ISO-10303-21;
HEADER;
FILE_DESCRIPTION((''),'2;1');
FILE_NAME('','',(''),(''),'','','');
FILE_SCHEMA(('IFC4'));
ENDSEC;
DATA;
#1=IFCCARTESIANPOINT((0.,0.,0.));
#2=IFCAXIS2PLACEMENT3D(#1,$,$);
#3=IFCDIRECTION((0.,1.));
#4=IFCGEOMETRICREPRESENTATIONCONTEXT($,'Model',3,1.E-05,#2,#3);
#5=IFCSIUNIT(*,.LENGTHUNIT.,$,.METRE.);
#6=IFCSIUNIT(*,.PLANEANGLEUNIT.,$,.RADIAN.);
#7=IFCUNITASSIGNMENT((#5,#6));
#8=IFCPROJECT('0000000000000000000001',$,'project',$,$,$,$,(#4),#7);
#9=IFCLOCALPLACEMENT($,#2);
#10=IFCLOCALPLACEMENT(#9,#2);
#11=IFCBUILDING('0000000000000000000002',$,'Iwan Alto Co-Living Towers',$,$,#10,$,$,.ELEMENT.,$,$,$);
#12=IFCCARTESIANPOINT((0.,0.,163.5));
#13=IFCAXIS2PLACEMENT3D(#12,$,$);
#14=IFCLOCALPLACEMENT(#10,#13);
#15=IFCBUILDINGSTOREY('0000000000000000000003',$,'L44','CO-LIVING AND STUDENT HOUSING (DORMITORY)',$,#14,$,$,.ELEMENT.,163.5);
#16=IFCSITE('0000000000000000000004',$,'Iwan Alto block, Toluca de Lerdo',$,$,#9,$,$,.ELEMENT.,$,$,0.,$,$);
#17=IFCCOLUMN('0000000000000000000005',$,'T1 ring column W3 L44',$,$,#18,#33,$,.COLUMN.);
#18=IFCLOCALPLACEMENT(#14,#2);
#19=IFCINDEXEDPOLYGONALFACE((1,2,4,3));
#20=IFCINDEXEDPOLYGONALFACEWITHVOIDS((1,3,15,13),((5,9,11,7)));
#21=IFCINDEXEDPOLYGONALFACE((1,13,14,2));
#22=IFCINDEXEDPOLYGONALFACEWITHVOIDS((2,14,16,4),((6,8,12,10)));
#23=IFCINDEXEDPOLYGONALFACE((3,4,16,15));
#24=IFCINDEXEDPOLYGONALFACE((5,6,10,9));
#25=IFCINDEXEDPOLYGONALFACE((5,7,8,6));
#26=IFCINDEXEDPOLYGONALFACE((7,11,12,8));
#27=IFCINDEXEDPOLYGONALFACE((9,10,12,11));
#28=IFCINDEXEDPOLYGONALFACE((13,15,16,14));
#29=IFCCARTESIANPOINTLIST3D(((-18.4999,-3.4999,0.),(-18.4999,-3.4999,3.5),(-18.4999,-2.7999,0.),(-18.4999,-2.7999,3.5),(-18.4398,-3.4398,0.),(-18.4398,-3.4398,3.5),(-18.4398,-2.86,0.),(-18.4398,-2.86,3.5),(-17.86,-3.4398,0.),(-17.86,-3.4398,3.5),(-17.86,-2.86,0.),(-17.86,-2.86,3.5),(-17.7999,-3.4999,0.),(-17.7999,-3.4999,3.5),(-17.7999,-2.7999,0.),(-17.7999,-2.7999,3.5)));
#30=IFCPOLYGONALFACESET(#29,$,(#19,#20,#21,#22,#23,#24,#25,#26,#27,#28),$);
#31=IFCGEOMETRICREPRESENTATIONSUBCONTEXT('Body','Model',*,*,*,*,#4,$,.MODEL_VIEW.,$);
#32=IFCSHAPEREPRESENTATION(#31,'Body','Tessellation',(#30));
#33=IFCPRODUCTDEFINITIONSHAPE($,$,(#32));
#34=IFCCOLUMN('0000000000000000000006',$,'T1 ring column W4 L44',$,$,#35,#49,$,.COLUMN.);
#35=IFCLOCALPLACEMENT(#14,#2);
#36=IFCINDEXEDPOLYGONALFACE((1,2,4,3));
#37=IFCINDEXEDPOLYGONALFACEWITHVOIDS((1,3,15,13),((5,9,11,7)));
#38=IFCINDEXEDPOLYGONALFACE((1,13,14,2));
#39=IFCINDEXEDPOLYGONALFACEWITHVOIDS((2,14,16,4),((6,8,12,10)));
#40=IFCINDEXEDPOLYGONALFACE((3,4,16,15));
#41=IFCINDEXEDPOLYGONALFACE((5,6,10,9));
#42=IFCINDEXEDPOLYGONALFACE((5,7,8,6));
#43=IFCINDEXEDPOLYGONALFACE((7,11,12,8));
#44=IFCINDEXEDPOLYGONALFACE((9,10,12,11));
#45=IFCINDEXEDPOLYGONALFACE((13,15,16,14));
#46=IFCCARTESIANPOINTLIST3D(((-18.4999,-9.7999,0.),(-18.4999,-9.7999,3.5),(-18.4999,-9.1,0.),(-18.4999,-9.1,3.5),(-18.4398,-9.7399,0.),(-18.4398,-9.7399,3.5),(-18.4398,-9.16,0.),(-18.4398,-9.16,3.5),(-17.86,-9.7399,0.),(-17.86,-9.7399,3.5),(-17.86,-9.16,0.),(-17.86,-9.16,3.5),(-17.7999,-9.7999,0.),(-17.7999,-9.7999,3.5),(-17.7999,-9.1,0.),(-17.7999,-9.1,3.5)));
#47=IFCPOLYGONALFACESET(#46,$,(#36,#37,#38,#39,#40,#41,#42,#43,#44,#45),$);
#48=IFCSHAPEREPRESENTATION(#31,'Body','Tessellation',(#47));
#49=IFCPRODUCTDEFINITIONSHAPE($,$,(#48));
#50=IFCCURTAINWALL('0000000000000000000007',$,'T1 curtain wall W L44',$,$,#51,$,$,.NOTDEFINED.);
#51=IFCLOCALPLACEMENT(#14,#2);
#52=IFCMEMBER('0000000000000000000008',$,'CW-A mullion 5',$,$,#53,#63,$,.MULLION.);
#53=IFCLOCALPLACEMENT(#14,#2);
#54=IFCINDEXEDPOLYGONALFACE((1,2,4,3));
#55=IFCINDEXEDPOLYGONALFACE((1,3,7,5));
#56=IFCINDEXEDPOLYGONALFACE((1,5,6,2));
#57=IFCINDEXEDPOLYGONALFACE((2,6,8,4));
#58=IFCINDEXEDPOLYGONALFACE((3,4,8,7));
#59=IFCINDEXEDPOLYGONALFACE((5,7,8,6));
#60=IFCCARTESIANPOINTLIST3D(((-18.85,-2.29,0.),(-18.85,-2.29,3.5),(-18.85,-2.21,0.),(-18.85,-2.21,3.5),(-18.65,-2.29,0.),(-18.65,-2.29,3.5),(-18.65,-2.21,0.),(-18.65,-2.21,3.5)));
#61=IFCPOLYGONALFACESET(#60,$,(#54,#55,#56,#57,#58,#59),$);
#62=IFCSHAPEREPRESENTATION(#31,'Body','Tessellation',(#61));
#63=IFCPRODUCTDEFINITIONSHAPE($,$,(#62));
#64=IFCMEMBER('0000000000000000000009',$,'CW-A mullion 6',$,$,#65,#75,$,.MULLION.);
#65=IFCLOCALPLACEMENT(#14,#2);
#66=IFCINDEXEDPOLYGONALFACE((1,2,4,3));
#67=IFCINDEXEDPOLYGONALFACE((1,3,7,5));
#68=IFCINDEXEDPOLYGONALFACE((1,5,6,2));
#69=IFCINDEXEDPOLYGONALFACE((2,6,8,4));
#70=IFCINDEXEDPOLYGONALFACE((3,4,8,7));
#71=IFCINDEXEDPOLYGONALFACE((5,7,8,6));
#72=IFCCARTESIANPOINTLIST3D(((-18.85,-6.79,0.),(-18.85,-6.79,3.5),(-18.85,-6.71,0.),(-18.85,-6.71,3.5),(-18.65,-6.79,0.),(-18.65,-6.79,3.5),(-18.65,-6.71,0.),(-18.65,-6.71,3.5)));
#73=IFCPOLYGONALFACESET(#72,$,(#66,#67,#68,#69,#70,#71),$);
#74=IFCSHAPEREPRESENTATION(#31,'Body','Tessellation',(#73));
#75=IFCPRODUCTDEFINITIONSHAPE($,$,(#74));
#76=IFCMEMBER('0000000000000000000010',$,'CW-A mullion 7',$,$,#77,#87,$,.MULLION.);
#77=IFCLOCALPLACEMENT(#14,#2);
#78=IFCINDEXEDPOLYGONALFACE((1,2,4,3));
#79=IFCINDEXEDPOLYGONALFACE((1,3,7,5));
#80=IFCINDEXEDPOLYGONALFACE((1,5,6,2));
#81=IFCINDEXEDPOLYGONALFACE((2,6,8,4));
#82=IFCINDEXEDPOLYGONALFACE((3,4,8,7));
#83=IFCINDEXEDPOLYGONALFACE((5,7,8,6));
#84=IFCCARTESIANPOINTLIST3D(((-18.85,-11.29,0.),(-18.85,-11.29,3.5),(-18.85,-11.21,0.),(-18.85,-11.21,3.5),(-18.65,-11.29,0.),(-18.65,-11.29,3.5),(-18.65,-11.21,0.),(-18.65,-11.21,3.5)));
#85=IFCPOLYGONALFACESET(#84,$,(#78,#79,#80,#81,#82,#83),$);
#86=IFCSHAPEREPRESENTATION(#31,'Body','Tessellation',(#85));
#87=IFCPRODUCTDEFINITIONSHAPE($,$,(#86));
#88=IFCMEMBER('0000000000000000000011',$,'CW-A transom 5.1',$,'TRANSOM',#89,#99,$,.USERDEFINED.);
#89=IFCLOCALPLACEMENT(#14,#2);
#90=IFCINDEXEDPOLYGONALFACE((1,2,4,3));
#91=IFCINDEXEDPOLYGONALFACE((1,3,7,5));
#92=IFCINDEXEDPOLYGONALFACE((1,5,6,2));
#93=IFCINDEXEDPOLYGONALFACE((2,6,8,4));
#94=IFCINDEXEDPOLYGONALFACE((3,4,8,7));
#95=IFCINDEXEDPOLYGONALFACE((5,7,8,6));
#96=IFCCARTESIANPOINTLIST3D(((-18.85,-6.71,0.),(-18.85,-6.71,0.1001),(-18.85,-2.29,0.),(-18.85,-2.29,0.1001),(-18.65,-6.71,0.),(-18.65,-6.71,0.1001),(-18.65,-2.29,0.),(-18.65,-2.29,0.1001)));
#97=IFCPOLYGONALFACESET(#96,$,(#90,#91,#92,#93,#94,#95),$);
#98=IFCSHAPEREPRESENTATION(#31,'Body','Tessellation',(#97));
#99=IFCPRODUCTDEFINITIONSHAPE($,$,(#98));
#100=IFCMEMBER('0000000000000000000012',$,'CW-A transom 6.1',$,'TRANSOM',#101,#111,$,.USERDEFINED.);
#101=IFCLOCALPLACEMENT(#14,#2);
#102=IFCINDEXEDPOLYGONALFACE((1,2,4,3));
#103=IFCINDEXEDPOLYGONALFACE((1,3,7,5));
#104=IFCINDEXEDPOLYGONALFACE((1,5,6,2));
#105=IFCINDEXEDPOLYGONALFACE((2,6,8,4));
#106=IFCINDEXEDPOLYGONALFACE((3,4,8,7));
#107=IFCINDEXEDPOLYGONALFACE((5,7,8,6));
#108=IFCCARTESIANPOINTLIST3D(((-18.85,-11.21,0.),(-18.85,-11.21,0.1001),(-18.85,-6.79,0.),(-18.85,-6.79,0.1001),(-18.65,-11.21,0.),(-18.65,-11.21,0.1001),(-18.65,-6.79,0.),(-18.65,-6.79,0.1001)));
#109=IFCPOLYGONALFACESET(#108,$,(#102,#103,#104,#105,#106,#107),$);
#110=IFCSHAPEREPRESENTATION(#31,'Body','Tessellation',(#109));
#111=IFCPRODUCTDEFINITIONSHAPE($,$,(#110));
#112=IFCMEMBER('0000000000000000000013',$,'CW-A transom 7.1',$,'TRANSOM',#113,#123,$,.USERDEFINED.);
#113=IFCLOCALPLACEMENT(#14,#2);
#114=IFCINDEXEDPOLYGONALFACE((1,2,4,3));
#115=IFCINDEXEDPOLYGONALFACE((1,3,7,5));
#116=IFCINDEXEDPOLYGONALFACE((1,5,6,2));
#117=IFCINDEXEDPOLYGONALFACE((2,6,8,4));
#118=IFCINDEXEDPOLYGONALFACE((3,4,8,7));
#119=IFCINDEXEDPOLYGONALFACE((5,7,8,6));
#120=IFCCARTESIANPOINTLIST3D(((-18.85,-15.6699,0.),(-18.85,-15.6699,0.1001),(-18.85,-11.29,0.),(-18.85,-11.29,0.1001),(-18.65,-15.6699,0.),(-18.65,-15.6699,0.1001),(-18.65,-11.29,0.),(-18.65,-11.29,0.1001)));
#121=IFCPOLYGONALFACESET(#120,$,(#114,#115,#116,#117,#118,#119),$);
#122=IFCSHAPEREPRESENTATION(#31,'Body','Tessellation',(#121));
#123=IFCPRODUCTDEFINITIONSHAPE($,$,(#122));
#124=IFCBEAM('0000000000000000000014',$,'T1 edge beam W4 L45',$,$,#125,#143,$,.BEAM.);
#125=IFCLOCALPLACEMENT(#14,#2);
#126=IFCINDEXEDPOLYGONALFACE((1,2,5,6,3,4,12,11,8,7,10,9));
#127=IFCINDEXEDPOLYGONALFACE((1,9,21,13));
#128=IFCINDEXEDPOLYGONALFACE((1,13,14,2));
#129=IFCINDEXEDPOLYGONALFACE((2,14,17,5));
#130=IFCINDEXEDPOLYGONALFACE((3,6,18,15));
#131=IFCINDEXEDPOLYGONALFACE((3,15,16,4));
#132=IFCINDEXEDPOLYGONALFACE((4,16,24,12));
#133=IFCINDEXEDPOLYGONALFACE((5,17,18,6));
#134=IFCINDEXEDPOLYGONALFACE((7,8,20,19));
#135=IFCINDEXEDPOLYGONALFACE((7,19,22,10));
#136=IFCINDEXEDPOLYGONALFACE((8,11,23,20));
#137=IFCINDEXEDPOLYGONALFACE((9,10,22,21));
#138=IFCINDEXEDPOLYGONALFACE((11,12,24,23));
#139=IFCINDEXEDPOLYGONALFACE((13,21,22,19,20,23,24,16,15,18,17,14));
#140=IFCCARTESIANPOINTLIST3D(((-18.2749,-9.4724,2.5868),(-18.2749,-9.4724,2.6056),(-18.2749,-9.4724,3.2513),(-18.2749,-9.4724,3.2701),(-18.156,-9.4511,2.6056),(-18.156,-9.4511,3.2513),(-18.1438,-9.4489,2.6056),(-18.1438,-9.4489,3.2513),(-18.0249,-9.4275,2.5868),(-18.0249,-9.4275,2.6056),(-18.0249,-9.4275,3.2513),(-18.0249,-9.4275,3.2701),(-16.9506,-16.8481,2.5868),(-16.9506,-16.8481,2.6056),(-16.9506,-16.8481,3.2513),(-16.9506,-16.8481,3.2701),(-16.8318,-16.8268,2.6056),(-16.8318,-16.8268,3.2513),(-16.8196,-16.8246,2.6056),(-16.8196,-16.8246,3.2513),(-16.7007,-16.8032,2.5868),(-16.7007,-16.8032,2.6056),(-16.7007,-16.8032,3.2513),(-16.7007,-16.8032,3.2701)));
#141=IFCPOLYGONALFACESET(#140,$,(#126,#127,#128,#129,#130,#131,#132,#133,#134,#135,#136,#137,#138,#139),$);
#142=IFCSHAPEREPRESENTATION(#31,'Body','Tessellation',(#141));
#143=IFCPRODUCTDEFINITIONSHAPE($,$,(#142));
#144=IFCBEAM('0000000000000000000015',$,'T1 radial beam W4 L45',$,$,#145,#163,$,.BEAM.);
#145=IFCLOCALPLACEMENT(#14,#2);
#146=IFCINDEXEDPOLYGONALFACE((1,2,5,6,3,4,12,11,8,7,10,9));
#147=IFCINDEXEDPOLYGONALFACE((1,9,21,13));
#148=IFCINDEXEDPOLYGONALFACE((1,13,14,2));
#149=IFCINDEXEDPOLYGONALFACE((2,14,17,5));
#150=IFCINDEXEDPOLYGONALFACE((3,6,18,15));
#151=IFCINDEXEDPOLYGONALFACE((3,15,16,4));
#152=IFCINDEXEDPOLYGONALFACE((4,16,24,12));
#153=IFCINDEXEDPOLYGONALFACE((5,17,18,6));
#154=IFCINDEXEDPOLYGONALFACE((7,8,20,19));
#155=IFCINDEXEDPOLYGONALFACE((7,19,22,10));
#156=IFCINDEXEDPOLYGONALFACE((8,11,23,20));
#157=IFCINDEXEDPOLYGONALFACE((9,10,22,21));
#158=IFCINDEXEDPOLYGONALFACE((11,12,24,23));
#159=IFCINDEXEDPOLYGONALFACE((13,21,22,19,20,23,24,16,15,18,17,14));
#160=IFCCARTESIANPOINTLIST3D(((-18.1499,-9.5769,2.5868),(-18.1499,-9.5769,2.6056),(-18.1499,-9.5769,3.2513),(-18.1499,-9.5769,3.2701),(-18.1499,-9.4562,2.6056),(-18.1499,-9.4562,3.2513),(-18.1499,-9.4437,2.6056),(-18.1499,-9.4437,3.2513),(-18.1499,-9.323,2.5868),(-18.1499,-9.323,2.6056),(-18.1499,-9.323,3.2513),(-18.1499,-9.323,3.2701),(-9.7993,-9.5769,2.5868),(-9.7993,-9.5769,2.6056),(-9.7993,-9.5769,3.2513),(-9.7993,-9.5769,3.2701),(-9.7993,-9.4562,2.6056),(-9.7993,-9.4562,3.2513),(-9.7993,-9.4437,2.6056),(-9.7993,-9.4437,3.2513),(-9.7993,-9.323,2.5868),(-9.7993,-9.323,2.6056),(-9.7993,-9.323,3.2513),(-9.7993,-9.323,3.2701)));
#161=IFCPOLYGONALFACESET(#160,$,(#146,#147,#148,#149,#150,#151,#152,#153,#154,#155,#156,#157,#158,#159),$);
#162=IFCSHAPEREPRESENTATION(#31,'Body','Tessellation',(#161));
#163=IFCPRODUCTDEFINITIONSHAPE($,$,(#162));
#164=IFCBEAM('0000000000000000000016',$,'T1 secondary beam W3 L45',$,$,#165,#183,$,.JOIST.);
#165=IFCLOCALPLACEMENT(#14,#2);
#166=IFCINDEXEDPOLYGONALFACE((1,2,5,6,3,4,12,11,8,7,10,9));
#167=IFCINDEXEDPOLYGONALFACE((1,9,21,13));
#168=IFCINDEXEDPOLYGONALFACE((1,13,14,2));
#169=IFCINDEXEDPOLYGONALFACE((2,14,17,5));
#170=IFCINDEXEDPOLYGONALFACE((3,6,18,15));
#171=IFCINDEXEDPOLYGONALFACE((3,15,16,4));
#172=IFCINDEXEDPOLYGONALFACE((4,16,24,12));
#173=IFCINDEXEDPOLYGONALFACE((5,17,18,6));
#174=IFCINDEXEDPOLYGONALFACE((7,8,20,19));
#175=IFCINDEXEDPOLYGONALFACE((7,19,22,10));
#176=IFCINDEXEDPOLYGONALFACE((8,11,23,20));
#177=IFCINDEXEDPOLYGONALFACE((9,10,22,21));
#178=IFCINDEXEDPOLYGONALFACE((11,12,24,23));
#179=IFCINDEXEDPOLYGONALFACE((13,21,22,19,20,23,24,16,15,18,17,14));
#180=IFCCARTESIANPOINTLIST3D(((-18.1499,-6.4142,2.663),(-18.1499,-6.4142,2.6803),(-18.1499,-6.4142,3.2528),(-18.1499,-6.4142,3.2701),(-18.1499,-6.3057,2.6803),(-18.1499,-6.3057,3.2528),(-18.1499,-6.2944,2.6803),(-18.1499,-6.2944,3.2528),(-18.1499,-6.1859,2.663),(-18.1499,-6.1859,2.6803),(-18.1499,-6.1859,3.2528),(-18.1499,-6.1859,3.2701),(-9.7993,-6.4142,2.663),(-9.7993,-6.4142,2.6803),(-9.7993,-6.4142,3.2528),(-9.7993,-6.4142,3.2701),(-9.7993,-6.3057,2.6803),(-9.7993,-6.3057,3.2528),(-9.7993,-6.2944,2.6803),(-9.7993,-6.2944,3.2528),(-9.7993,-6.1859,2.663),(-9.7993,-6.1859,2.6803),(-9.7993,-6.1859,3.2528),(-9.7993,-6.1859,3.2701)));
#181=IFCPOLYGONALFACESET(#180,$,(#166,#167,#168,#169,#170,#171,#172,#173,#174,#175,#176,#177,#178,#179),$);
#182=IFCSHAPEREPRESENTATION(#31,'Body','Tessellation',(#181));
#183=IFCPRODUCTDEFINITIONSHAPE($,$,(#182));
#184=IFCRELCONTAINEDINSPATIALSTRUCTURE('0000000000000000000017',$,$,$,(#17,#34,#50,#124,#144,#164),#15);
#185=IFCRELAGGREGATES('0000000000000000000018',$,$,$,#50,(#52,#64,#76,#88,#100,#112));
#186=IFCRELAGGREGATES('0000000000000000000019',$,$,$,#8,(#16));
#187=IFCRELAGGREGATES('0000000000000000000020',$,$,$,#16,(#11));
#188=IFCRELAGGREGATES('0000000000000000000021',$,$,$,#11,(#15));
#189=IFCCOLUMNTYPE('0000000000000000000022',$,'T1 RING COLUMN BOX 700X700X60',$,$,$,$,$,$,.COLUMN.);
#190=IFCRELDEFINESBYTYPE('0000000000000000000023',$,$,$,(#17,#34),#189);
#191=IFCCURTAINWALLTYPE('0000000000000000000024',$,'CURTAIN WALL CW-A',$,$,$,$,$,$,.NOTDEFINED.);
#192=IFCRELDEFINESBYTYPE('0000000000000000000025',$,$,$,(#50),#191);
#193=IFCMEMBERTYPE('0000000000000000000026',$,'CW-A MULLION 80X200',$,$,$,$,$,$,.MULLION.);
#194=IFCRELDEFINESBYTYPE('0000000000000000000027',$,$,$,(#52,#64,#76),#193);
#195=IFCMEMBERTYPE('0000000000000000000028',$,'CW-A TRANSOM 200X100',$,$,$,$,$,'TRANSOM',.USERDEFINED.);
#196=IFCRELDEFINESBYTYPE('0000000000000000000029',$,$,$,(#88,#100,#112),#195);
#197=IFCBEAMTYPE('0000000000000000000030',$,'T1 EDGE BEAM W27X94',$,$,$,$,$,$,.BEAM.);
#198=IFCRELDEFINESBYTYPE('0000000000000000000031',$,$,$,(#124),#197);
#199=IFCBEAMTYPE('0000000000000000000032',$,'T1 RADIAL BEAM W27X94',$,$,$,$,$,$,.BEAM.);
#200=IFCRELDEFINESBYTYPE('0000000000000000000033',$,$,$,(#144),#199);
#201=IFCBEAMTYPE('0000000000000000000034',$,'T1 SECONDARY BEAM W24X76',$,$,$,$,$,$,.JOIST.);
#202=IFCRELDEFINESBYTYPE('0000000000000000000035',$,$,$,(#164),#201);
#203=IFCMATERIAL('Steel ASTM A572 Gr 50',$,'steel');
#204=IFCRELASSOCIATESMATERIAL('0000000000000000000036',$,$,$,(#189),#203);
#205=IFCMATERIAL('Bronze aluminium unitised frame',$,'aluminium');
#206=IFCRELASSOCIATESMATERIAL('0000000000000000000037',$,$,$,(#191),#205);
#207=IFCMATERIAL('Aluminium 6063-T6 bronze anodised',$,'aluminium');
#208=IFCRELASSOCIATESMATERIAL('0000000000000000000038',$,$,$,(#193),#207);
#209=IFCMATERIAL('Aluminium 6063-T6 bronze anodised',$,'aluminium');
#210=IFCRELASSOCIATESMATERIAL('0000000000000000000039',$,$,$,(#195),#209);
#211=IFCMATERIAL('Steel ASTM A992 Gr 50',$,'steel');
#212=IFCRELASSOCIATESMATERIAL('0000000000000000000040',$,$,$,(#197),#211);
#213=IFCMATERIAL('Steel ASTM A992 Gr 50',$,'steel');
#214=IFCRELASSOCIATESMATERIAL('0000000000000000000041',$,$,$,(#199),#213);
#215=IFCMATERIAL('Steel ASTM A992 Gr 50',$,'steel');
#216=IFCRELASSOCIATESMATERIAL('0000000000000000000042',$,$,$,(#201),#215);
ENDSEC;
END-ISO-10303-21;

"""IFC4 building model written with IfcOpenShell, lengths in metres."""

from ifc_helpers import new_model, si_unit, direction, frame, origin, origin_2d, place, context, subcontext, project, spatial, rectangle, hollow_rectangle, i_section, extrude, material, material_profile, profile_set, type_object, element, aggregate, save


model = new_model("IFC4")

# Units and contexts
model_context = context("Model", 3, precision=1e-05, world=origin(), true_north=direction((0.0, 1.0)))
body_context = subcontext(model_context, "Body", "Model", "MODEL_VIEW")
ifc_project = project(units=[si_unit("LENGTHUNIT", "METRE"), si_unit("PLANEANGLEUNIT", "RADIAN")], contexts=[model_context])

# Site, building, storey
site_placement = place(None, origin())
site = spatial("IfcSite", under=ifc_project, at=site_placement, Name="Iwan Alto block, Toluca de Lerdo", CompositionType="ELEMENT", RefElevation=0.0)
building_placement = place(site_placement, origin())
building = spatial("IfcBuilding", under=site, at=building_placement, Name="Iwan Alto Co-Living Towers", CompositionType="ELEMENT")
storey_placement = place(building_placement, frame((0.0, 0.0, 163.5)))
storey = spatial("IfcBuildingStorey", under=building, at=storey_placement, Name="L44", Description="CO-LIVING AND STUDENT HOUSING (DORMITORY)", CompositionType="ELEMENT", Elevation=163.5)

# Columns
ifc_material_1 = material(Name="Steel ASTM A572 Gr 50", Category="steel")
ifc_material_profile_1 = material_profile(ifc_material_1, hollow_rectangle(XDim=0.7, YDim=0.7, WallThickness=0.0601, at=origin_2d()), Name="BOX 700X700X60")
ifc_profile_set_1 = profile_set([ifc_material_profile_1], Name="Steel ASTM A572 Gr 50")
column_type = type_object("IfcColumnType", Name="T1 RING COLUMN BOX 700X700X60", PredefinedType="COLUMN", material=ifc_profile_set_1)
for number, where, z_axis, x_axis, name in (
    (1, (-18.1499, -3.1499, 0.0), (0.0, 0.0, 1.0), (1.0, 0.0, 0.0), "T1 ring column W3 L44"),
    (2, (-18.1499, -9.45, 0.0), (0.0, 0.0, 1.0), (1.0, 0.0, 0.0), "T1 ring column W4 L44"),
):
    element("IfcColumn", number, at=place(storey_placement, frame(where, z_axis=z_axis, x_axis=x_axis)), inside=storey, type_object=column_type, Name=name, PredefinedType="COLUMN", context=body_context, shape_type="SweptSolid", body=[
        extrude(hollow_rectangle(XDim=0.7, YDim=0.7, WallThickness=0.0601, at=origin_2d()), origin(), (0.0, 0.0, 1.0), 3.5),
    ])

# Curtain wall, members
ifc_material_2 = material(Name="Bronze aluminium unitised frame", Category="aluminium")
curtain_wall_type = type_object("IfcCurtainWallType", Name="CURTAIN WALL CW-A", PredefinedType="NOTDEFINED", material=ifc_material_2)
curtain_wall_placement = place(storey_placement, origin())
curtain_wall = element("IfcCurtainWall", 3, at=curtain_wall_placement, inside=storey, type_object=curtain_wall_type, Name="T1 curtain wall W L44", PredefinedType="NOTDEFINED")
ifc_material_3 = material(Name="Aluminium 6063-T6 bronze anodised", Category="aluminium")
ifc_material_profile_2 = material_profile(ifc_material_3, rectangle(XDim=0.2, YDim=0.0801, at=origin_2d()), Name="AL 80X200")
ifc_profile_set_2 = profile_set([ifc_material_profile_2], Name="Aluminium 6063-T6 bronze anodised")
member_type_1 = type_object("IfcMemberType", Name="CW-A MULLION 80X200", PredefinedType="MULLION", material=ifc_profile_set_2)
member_1_placement = place(storey_placement, frame((-18.75, -2.25, 0.0), z_axis=(0.0, 0.0, 1.0), x_axis=(1.0, 0.0, 0.0)))
member_1 = element("IfcMember", 4, at=member_1_placement, type_object=member_type_1, Name="CW-A mullion 5", PredefinedType="MULLION", context=body_context, shape_type="SweptSolid", body=[
    extrude(rectangle(XDim=0.2, YDim=0.0801, at=origin_2d()), origin(), (0.0, 0.0, 1.0), 3.5),
])
member_2_placement = place(storey_placement, frame((-18.75, -6.75, 0.0), z_axis=(0.0, 0.0, 1.0), x_axis=(1.0, 0.0, 0.0)))
member_2 = element("IfcMember", 5, at=member_2_placement, type_object=member_type_1, Name="CW-A mullion 6", PredefinedType="MULLION", context=body_context, shape_type="SweptSolid", body=[
    extrude(rectangle(XDim=0.2, YDim=0.0801, at=origin_2d()), origin(), (0.0, 0.0, 1.0), 3.5),
])
member_3_placement = place(storey_placement, frame((-18.75, -11.25, 0.0), z_axis=(0.0, 0.0, 1.0), x_axis=(1.0, 0.0, 0.0)))
member_3 = element("IfcMember", 6, at=member_3_placement, type_object=member_type_1, Name="CW-A mullion 7", PredefinedType="MULLION", context=body_context, shape_type="SweptSolid", body=[
    extrude(rectangle(XDim=0.2, YDim=0.0801, at=origin_2d()), origin(), (0.0, 0.0, 1.0), 3.5),
])
ifc_material_4 = material(Name="Aluminium 6063-T6 bronze anodised", Category="aluminium")
ifc_material_profile_3 = material_profile(ifc_material_4, rectangle(XDim=0.2, YDim=0.1001, at=origin_2d()), Name="AL 200X100")
ifc_profile_set_3 = profile_set([ifc_material_profile_3], Name="Aluminium 6063-T6 bronze anodised")
member_type_2 = type_object("IfcMemberType", Name="CW-A TRANSOM 200X100", ElementType="TRANSOM", PredefinedType="USERDEFINED", material=ifc_profile_set_3)
member_4_placement = place(storey_placement, frame((-18.75, -2.29, 0.05), z_axis=(0.0, -1.0, 0.0), x_axis=(1.0, 0.0, 0.0)))
member_4 = element("IfcMember", 7, at=member_4_placement, type_object=member_type_2, Name="CW-A transom 5.1", ObjectType="TRANSOM", PredefinedType="USERDEFINED", context=body_context, shape_type="SweptSolid", body=[
    extrude(rectangle(XDim=0.2, YDim=0.1001, at=origin_2d()), origin(), (0.0, 0.0, 1.0), 4.4199),
])
member_5_placement = place(storey_placement, frame((-18.75, -6.79, 0.05), z_axis=(0.0, -1.0, 0.0), x_axis=(1.0, 0.0, 0.0)))
member_5 = element("IfcMember", 8, at=member_5_placement, type_object=member_type_2, Name="CW-A transom 6.1", ObjectType="TRANSOM", PredefinedType="USERDEFINED", context=body_context, shape_type="SweptSolid", body=[
    extrude(rectangle(XDim=0.2, YDim=0.1001, at=origin_2d()), origin(), (0.0, 0.0, 1.0), 4.4199),
])
member_6_placement = place(storey_placement, frame((-18.75, -11.29, 0.05), z_axis=(0.0, -1.0, 0.0), x_axis=(1.0, 0.0, 0.0)))
member_6 = element("IfcMember", 9, at=member_6_placement, type_object=member_type_2, Name="CW-A transom 7.1", ObjectType="TRANSOM", PredefinedType="USERDEFINED", context=body_context, shape_type="SweptSolid", body=[
    extrude(rectangle(XDim=0.2, YDim=0.1001, at=origin_2d()), origin(), (0.0, 0.0, 1.0), 4.3799),
])

# Beams
ifc_material_5 = material(Name="Steel ASTM A992 Gr 50", Category="steel")
ifc_material_profile_4 = material_profile(ifc_material_5, i_section(OverallWidth=0.2539, OverallDepth=0.6833, WebThickness=0.0125, FlangeThickness=0.0188, at=origin_2d()), Name="W27X94")
ifc_profile_set_4 = profile_set([ifc_material_profile_4], Name="Steel ASTM A992 Gr 50")
beam_type_1 = type_object("IfcBeamType", Name="T1 EDGE BEAM W27X94", PredefinedType="BEAM", material=ifc_profile_set_4)
beam_1_placement = place(storey_placement, frame((-18.1499, -9.45, 2.9285), z_axis=(0.176712, -0.984263, 0.0), x_axis=(0.984263, 0.176712, 0.0)))
element("IfcBeam", 10, at=beam_1_placement, inside=storey, type_object=beam_type_1, Name="T1 edge beam W4 L45", PredefinedType="BEAM", context=body_context, shape_type="SweptSolid", body=[
    extrude(i_section(OverallWidth=0.2539, OverallDepth=0.6833, WebThickness=0.0125, FlangeThickness=0.0188, at=origin_2d()), origin(), (0.0, 0.0, 1.0), 7.4937),
])
ifc_material_6 = material(Name="Steel ASTM A992 Gr 50", Category="steel")
ifc_material_profile_5 = material_profile(ifc_material_6, i_section(OverallWidth=0.2539, OverallDepth=0.6833, WebThickness=0.0125, FlangeThickness=0.0188, at=origin_2d()), Name="W27X94")
ifc_profile_set_5 = profile_set([ifc_material_profile_5], Name="Steel ASTM A992 Gr 50")
beam_type_2 = type_object("IfcBeamType", Name="T1 RADIAL BEAM W27X94", PredefinedType="BEAM", material=ifc_profile_set_5)
beam_2_placement = place(storey_placement, frame((-18.1499, -9.45, 2.9285), z_axis=(1.0, 0.0, 0.0), x_axis=(0.0, 1.0, 0.0)))
element("IfcBeam", 11, at=beam_2_placement, inside=storey, type_object=beam_type_2, Name="T1 radial beam W4 L45", PredefinedType="BEAM", context=body_context, shape_type="SweptSolid", body=[
    extrude(i_section(OverallWidth=0.2539, OverallDepth=0.6833, WebThickness=0.0125, FlangeThickness=0.0188, at=origin_2d()), origin(), (0.0, 0.0, 1.0), 8.3506),
])
ifc_material_7 = material(Name="Steel ASTM A992 Gr 50", Category="steel")
ifc_material_profile_6 = material_profile(ifc_material_7, i_section(OverallWidth=0.2283, OverallDepth=0.6072, WebThickness=0.0112, FlangeThickness=0.0173, at=origin_2d()), Name="W24X76")
ifc_profile_set_6 = profile_set([ifc_material_profile_6], Name="Steel ASTM A992 Gr 50")
beam_type_3 = type_object("IfcBeamType", Name="T1 SECONDARY BEAM W24X76", PredefinedType="JOIST", material=ifc_profile_set_6)
beam_3_placement = place(storey_placement, frame((-18.1499, -6.3, 2.9666), z_axis=(1.0, 0.0, 0.0), x_axis=(0.0, 1.0, 0.0)))
element("IfcBeam", 12, at=beam_3_placement, inside=storey, type_object=beam_type_3, Name="T1 secondary beam W3 L45", PredefinedType="JOIST", context=body_context, shape_type="SweptSolid", body=[
    extrude(i_section(OverallWidth=0.2283, OverallDepth=0.6072, WebThickness=0.0112, FlangeThickness=0.0173, at=origin_2d()), origin(), (0.0, 0.0, 1.0), 8.3506),
])

aggregate(curtain_wall, [member_1, member_2, member_3, member_4, member_5, member_6])

save(model, "model.ifc")
